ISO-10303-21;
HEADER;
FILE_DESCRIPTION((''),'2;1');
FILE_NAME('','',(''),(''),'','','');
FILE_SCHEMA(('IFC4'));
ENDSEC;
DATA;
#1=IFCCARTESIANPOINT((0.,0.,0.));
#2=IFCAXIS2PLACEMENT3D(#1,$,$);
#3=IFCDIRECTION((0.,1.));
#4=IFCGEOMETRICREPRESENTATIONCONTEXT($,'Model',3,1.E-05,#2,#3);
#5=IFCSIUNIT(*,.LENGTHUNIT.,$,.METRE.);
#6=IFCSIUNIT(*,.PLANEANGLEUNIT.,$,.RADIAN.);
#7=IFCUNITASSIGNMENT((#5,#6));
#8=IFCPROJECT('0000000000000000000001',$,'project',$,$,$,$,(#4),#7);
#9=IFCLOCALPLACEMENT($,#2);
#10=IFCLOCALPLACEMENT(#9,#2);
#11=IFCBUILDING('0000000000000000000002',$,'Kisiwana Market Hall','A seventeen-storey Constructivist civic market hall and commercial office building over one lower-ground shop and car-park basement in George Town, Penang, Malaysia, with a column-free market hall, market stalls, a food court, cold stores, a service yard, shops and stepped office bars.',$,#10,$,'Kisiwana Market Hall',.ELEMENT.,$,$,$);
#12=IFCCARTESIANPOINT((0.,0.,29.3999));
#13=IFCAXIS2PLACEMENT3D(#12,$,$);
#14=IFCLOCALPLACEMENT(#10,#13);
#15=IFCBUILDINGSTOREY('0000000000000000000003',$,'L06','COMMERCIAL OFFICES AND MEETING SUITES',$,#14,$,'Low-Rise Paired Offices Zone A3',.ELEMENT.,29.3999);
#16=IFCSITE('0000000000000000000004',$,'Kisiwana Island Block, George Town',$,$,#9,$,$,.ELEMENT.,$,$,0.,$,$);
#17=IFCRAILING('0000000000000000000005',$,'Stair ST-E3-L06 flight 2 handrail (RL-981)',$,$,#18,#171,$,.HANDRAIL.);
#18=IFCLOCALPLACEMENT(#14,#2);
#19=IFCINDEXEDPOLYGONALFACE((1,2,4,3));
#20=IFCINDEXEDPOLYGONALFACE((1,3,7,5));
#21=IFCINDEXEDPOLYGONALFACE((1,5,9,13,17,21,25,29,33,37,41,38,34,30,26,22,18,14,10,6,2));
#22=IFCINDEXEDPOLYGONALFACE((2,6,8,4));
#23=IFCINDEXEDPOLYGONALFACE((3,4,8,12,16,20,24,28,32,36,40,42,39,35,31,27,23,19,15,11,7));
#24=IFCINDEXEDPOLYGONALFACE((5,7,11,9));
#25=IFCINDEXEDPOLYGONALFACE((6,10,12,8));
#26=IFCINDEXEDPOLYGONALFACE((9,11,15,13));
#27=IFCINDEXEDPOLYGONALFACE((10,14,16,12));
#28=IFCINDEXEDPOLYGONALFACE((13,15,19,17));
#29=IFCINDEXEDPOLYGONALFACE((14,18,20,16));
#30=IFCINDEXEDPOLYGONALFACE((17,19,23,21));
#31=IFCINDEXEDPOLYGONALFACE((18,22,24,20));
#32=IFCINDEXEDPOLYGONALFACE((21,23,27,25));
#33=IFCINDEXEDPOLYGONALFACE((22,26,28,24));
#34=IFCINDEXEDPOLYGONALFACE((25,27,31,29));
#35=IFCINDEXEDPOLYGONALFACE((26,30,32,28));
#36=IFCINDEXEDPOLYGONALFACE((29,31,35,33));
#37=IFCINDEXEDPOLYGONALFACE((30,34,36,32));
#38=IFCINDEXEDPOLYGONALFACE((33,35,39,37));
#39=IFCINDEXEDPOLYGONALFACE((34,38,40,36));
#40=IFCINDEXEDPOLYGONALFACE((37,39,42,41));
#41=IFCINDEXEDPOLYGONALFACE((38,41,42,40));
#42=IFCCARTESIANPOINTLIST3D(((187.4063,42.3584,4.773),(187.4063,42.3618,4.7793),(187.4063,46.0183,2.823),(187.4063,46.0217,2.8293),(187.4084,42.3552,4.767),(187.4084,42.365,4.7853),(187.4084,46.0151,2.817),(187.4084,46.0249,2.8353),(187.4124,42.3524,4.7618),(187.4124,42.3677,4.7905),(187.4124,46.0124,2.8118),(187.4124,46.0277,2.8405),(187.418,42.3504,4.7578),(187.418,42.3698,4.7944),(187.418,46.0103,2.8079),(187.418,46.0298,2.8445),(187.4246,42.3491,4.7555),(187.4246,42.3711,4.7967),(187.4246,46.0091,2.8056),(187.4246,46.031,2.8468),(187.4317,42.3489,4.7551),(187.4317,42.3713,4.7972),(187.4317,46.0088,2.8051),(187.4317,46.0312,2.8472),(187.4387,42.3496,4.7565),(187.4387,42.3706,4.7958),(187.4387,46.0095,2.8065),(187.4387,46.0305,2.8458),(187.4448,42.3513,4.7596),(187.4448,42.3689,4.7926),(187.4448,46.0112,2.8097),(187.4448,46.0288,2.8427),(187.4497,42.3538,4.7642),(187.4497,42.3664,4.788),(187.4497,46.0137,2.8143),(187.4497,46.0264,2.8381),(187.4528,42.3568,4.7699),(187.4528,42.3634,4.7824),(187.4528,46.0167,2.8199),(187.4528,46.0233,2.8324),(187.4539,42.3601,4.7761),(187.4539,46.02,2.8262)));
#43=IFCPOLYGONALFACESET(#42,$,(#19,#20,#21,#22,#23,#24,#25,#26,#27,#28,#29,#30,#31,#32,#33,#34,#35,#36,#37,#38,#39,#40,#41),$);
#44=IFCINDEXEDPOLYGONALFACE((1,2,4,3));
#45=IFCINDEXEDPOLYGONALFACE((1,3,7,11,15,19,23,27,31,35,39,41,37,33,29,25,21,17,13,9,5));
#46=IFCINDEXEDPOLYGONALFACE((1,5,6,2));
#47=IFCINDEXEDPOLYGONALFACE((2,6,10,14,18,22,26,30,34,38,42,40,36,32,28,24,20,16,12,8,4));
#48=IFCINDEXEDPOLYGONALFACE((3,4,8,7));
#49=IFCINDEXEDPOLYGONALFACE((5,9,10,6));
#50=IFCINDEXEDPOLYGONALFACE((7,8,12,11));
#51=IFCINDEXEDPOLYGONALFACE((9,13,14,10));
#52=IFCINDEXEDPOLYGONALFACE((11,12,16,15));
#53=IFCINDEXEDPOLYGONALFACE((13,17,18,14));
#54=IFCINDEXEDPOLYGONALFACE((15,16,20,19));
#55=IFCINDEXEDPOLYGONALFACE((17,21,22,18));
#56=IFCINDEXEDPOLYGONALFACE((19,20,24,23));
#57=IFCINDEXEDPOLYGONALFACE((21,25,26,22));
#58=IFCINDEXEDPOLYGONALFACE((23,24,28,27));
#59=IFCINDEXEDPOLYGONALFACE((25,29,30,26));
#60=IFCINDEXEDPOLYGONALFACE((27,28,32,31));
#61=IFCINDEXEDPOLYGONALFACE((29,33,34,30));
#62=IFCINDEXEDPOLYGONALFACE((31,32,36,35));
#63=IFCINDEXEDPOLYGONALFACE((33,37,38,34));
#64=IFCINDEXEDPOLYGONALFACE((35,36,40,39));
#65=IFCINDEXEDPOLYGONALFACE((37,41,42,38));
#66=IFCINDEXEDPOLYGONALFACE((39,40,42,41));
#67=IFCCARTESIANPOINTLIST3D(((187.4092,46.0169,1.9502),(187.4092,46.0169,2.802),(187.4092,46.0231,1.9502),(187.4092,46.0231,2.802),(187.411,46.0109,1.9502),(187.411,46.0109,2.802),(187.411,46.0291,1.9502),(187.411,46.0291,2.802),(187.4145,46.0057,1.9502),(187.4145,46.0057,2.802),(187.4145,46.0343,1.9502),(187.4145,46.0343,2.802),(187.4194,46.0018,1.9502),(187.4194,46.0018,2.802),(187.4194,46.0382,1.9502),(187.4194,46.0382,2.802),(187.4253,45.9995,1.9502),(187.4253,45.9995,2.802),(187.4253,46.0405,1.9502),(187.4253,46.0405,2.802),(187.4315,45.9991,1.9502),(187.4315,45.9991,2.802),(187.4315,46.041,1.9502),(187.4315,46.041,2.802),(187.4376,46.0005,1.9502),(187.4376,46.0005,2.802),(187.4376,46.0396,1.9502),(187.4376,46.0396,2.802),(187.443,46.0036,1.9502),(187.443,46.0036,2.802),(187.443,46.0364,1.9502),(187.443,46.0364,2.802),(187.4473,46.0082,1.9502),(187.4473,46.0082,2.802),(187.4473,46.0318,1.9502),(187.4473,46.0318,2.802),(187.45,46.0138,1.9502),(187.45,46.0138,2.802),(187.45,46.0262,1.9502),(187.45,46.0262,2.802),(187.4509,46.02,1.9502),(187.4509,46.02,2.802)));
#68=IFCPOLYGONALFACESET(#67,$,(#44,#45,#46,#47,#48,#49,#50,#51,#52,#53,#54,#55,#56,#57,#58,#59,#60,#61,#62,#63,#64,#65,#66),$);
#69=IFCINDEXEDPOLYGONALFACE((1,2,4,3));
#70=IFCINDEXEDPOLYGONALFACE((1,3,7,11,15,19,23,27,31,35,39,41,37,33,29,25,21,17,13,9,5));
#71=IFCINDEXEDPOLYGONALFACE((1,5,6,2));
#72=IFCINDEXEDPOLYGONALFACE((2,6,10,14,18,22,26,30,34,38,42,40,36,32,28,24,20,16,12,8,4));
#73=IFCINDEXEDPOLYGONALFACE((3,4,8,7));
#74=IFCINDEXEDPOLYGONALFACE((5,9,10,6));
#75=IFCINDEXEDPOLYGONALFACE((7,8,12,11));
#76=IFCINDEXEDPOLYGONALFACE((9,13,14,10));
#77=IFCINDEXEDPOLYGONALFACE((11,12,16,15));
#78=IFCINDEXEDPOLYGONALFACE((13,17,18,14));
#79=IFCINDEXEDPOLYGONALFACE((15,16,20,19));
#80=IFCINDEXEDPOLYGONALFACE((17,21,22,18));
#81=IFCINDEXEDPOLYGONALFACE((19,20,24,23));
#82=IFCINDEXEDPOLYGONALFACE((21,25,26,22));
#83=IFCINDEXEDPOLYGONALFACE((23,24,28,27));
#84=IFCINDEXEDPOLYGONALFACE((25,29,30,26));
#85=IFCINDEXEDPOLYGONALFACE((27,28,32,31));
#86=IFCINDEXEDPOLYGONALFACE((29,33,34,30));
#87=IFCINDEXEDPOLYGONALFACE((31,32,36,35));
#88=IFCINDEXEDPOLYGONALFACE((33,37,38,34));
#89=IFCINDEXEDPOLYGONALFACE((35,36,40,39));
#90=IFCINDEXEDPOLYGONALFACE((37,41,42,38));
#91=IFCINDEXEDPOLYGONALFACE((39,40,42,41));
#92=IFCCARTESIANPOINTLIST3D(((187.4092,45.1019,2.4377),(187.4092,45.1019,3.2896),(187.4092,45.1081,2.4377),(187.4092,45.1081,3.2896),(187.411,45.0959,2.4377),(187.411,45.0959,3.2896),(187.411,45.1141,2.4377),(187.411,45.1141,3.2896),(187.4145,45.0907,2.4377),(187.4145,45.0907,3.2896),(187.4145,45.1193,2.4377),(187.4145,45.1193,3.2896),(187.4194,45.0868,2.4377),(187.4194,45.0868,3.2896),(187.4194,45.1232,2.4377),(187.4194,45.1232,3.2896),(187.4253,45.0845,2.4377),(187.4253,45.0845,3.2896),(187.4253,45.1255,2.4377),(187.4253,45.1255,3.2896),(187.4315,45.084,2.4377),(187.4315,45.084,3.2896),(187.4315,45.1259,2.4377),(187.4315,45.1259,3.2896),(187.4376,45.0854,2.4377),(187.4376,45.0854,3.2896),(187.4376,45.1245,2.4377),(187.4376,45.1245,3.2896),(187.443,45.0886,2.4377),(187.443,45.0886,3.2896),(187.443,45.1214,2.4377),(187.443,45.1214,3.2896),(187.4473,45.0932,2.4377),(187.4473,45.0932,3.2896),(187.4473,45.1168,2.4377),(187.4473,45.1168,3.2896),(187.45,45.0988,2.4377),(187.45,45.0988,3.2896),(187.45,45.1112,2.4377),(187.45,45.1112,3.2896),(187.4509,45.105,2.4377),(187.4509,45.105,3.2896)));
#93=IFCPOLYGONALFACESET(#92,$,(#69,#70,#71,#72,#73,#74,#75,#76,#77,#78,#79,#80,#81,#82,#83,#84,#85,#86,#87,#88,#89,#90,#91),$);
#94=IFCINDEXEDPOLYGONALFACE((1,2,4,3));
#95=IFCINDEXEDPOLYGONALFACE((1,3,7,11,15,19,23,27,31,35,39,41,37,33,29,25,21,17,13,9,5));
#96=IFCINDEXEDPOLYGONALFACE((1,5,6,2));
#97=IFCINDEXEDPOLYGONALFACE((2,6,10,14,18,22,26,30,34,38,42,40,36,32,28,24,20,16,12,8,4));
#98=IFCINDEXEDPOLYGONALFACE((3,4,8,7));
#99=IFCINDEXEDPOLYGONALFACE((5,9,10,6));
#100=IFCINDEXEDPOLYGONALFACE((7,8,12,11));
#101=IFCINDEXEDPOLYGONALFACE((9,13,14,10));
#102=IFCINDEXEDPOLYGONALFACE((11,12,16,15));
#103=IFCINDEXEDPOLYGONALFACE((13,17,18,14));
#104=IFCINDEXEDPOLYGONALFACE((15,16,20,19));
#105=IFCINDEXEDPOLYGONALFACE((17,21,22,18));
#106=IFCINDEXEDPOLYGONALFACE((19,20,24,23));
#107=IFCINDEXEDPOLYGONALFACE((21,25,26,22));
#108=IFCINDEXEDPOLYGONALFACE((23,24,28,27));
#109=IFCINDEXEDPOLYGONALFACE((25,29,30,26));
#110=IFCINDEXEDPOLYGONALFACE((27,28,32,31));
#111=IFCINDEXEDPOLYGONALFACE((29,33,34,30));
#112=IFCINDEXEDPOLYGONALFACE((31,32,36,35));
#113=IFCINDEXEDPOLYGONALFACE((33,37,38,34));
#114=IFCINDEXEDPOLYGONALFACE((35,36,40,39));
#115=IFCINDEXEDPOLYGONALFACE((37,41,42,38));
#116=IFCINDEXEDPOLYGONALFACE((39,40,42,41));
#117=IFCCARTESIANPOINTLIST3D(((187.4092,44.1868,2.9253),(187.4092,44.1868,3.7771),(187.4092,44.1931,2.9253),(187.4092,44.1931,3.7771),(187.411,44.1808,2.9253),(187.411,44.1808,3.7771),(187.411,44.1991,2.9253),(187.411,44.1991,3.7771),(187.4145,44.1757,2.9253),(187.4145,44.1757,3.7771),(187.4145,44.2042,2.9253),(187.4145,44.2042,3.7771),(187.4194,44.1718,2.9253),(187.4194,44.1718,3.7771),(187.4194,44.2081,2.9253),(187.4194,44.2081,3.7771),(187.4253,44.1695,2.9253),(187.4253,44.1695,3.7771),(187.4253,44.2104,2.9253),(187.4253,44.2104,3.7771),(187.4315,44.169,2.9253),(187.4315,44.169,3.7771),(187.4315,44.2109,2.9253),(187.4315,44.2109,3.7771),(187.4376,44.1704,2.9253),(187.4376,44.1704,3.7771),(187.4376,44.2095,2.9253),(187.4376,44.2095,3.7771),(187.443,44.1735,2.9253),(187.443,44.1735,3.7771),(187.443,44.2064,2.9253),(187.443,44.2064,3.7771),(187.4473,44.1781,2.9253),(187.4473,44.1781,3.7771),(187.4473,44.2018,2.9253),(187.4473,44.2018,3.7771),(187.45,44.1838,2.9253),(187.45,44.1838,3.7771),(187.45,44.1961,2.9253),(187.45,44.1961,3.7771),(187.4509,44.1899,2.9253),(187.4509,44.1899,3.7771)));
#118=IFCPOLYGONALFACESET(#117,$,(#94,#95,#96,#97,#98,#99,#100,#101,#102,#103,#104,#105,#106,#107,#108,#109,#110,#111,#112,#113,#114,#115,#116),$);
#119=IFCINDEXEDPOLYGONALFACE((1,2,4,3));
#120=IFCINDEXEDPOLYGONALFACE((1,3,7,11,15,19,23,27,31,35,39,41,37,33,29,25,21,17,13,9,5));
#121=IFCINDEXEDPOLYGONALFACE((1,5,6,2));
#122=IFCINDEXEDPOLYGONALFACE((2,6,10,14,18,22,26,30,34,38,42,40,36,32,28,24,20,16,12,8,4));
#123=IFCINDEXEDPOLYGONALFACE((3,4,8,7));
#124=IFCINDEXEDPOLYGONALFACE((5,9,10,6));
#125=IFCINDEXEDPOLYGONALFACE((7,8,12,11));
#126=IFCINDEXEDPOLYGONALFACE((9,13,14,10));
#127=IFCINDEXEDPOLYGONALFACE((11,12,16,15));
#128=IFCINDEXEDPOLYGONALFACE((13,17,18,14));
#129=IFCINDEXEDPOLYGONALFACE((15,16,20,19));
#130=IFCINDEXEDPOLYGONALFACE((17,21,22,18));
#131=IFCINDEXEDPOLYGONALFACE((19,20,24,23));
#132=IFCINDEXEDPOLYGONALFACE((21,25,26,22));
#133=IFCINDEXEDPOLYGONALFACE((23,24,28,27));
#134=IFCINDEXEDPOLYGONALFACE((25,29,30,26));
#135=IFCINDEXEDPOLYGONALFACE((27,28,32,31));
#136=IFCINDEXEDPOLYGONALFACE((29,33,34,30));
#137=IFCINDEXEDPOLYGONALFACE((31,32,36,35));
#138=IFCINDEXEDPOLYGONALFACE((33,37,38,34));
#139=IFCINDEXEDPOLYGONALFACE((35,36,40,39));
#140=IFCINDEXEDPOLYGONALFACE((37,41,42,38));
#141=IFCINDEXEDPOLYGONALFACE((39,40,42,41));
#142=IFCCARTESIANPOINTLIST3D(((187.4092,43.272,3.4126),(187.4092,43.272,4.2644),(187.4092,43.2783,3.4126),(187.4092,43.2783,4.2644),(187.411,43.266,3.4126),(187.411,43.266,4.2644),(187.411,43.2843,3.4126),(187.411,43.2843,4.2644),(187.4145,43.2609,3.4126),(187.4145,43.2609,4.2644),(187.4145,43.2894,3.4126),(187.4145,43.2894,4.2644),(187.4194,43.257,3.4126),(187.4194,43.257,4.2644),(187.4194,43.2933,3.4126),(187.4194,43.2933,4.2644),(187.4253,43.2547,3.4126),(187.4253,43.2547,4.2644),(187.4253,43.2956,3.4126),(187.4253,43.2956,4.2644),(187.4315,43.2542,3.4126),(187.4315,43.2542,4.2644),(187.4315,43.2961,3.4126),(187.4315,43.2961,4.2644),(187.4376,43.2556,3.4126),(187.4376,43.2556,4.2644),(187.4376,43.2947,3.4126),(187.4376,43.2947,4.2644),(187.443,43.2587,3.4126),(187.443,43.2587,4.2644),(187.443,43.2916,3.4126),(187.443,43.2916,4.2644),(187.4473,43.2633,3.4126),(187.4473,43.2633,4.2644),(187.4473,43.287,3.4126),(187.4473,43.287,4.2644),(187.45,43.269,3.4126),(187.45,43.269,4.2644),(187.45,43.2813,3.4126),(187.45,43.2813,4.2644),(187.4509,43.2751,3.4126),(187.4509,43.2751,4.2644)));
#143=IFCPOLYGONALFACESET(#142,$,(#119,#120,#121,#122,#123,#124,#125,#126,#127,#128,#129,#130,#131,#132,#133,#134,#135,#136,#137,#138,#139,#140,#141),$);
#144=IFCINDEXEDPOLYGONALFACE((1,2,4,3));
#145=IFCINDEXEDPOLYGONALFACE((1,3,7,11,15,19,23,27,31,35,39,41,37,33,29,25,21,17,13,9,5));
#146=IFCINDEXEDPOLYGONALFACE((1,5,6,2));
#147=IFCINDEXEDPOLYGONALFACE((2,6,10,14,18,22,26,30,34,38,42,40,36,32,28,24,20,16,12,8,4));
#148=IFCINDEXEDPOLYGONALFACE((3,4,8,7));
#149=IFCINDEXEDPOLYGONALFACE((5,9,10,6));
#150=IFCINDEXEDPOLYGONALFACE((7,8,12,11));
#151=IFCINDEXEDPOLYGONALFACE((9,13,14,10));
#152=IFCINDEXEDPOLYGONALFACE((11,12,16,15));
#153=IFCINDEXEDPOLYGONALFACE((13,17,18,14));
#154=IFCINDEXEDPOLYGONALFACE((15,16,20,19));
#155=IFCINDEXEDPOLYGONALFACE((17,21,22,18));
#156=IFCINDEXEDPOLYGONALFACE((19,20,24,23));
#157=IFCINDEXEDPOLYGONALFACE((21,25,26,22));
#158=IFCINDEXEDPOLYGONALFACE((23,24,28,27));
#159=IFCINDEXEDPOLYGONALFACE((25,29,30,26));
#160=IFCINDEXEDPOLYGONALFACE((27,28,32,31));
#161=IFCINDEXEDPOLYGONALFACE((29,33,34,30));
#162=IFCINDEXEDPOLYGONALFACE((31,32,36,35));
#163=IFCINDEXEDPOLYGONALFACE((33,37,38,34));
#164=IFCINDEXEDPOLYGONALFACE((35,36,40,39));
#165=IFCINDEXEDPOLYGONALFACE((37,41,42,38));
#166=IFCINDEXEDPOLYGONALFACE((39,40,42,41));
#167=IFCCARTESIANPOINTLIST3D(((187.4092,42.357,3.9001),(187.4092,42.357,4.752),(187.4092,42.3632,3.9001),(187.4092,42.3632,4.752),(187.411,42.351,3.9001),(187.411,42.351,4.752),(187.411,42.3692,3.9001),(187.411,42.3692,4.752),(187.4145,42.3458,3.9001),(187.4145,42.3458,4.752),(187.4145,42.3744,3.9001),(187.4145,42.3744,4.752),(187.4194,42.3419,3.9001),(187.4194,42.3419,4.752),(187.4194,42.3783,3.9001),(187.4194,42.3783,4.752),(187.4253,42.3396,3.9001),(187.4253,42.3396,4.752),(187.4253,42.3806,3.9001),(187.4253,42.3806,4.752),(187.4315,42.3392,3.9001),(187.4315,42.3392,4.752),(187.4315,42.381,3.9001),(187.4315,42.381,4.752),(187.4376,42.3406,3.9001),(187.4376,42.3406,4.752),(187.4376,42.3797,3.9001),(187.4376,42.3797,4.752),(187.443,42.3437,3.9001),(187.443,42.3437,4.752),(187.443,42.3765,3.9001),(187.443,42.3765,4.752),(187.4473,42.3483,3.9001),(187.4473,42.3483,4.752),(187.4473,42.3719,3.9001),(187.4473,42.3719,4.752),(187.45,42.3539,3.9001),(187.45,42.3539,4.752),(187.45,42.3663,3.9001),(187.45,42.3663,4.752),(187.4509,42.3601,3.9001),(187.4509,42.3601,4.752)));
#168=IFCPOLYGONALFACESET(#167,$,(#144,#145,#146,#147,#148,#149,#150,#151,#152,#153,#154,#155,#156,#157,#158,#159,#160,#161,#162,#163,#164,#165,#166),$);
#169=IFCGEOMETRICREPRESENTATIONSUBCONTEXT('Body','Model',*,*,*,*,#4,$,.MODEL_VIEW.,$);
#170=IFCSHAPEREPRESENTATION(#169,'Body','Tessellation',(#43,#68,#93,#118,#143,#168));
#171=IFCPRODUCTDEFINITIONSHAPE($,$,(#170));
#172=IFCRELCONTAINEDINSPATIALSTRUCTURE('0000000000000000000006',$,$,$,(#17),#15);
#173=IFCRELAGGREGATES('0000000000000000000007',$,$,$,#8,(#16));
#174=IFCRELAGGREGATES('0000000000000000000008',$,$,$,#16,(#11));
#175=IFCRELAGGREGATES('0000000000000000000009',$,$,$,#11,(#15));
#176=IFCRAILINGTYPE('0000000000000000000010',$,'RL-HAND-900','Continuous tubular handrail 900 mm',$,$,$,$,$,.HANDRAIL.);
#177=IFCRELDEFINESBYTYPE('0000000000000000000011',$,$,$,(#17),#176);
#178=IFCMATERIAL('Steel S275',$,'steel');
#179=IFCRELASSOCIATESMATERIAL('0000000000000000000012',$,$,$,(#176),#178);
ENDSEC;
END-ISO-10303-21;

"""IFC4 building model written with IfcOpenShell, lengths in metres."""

from ifc_helpers import new_model, si_unit, direction, frame, origin, origin_2d, place, context, subcontext, project, spatial, circle, extrude, material, type_object, element, save


model = new_model("IFC4")

# Units and contexts
model_context = context("Model", 3, precision=1e-05, world=origin(), true_north=direction((0.0, 1.0)))
body_context = subcontext(model_context, "Body", "Model", "MODEL_VIEW")
ifc_project = project(units=[si_unit("LENGTHUNIT", "METRE"), si_unit("PLANEANGLEUNIT", "RADIAN")], contexts=[model_context])

# Site, building, storey
site_placement = place(None, origin())
site = spatial("IfcSite", under=ifc_project, at=site_placement, Name="Kisiwana Island Block, George Town", CompositionType="ELEMENT", RefElevation=0.0)
building_placement = place(site_placement, origin())
building = spatial("IfcBuilding", under=site, at=building_placement, Name="Kisiwana Market Hall", Description="A seventeen-storey Constructivist civic market hall and commercial office building over one lower-ground shop and car-park basement in George Town, Penang, Malaysia, with a column-free market hall, market stalls, a food court, cold stores, a service yard, shops and stepped office bars.", LongName="Kisiwana Market Hall", CompositionType="ELEMENT")
storey_placement = place(building_placement, frame((0.0, 0.0, 29.3999)))
storey = spatial("IfcBuildingStorey", under=building, at=storey_placement, Name="L06", Description="COMMERCIAL OFFICES AND MEETING SUITES", LongName="Low-Rise Paired Offices Zone A3", CompositionType="ELEMENT", Elevation=29.3999)

# Railing
ifc_material_1 = material(Name="Steel S275", Category="steel")
railing_type_1 = type_object("IfcRailingType", Name="RL-HAND-900", Description="Continuous tubular handrail 900 mm", PredefinedType="HANDRAIL", material=ifc_material_1)
railing_1_placement = place(storey_placement, frame((187.4299, 46.02, 1.9502)))
element("IfcRailing", 1, at=railing_1_placement, inside=storey, type_object=railing_type_1, Name="Stair ST-E3-L06 flight 2 handrail (RL-981)", PredefinedType="HANDRAIL", context=body_context, shape_type="SweptSolid", body=[
    extrude(circle(Radius=0.0239, at=origin_2d()), frame((0.0, 0.0, 0.876), z_axis=(0.0, -0.882553, 0.470212), x_axis=(1.0, 0.0, 0.0)), (0.0, 0.0, 1.0), 4.147),
    extrude(circle(Radius=0.021, at=origin_2d()), origin(), (0.0, 0.0, 1.0), 0.8518),
    extrude(circle(Radius=0.021, at=origin_2d()), frame((0.0, -0.915, 0.4875)), (0.0, 0.0, 1.0), 0.8518),
    extrude(circle(Radius=0.021, at=origin_2d()), frame((0.0, -1.8301, 0.9751)), (0.0, 0.0, 1.0), 0.8518),
    extrude(circle(Radius=0.021, at=origin_2d()), frame((0.0, -2.7449, 1.4624)), (0.0, 0.0, 1.0), 0.8518),
    extrude(circle(Radius=0.021, at=origin_2d()), frame((0.0, -3.6599, 1.95)), (0.0, 0.0, 1.0), 0.8518),
])

save(model, "model.ifc")
